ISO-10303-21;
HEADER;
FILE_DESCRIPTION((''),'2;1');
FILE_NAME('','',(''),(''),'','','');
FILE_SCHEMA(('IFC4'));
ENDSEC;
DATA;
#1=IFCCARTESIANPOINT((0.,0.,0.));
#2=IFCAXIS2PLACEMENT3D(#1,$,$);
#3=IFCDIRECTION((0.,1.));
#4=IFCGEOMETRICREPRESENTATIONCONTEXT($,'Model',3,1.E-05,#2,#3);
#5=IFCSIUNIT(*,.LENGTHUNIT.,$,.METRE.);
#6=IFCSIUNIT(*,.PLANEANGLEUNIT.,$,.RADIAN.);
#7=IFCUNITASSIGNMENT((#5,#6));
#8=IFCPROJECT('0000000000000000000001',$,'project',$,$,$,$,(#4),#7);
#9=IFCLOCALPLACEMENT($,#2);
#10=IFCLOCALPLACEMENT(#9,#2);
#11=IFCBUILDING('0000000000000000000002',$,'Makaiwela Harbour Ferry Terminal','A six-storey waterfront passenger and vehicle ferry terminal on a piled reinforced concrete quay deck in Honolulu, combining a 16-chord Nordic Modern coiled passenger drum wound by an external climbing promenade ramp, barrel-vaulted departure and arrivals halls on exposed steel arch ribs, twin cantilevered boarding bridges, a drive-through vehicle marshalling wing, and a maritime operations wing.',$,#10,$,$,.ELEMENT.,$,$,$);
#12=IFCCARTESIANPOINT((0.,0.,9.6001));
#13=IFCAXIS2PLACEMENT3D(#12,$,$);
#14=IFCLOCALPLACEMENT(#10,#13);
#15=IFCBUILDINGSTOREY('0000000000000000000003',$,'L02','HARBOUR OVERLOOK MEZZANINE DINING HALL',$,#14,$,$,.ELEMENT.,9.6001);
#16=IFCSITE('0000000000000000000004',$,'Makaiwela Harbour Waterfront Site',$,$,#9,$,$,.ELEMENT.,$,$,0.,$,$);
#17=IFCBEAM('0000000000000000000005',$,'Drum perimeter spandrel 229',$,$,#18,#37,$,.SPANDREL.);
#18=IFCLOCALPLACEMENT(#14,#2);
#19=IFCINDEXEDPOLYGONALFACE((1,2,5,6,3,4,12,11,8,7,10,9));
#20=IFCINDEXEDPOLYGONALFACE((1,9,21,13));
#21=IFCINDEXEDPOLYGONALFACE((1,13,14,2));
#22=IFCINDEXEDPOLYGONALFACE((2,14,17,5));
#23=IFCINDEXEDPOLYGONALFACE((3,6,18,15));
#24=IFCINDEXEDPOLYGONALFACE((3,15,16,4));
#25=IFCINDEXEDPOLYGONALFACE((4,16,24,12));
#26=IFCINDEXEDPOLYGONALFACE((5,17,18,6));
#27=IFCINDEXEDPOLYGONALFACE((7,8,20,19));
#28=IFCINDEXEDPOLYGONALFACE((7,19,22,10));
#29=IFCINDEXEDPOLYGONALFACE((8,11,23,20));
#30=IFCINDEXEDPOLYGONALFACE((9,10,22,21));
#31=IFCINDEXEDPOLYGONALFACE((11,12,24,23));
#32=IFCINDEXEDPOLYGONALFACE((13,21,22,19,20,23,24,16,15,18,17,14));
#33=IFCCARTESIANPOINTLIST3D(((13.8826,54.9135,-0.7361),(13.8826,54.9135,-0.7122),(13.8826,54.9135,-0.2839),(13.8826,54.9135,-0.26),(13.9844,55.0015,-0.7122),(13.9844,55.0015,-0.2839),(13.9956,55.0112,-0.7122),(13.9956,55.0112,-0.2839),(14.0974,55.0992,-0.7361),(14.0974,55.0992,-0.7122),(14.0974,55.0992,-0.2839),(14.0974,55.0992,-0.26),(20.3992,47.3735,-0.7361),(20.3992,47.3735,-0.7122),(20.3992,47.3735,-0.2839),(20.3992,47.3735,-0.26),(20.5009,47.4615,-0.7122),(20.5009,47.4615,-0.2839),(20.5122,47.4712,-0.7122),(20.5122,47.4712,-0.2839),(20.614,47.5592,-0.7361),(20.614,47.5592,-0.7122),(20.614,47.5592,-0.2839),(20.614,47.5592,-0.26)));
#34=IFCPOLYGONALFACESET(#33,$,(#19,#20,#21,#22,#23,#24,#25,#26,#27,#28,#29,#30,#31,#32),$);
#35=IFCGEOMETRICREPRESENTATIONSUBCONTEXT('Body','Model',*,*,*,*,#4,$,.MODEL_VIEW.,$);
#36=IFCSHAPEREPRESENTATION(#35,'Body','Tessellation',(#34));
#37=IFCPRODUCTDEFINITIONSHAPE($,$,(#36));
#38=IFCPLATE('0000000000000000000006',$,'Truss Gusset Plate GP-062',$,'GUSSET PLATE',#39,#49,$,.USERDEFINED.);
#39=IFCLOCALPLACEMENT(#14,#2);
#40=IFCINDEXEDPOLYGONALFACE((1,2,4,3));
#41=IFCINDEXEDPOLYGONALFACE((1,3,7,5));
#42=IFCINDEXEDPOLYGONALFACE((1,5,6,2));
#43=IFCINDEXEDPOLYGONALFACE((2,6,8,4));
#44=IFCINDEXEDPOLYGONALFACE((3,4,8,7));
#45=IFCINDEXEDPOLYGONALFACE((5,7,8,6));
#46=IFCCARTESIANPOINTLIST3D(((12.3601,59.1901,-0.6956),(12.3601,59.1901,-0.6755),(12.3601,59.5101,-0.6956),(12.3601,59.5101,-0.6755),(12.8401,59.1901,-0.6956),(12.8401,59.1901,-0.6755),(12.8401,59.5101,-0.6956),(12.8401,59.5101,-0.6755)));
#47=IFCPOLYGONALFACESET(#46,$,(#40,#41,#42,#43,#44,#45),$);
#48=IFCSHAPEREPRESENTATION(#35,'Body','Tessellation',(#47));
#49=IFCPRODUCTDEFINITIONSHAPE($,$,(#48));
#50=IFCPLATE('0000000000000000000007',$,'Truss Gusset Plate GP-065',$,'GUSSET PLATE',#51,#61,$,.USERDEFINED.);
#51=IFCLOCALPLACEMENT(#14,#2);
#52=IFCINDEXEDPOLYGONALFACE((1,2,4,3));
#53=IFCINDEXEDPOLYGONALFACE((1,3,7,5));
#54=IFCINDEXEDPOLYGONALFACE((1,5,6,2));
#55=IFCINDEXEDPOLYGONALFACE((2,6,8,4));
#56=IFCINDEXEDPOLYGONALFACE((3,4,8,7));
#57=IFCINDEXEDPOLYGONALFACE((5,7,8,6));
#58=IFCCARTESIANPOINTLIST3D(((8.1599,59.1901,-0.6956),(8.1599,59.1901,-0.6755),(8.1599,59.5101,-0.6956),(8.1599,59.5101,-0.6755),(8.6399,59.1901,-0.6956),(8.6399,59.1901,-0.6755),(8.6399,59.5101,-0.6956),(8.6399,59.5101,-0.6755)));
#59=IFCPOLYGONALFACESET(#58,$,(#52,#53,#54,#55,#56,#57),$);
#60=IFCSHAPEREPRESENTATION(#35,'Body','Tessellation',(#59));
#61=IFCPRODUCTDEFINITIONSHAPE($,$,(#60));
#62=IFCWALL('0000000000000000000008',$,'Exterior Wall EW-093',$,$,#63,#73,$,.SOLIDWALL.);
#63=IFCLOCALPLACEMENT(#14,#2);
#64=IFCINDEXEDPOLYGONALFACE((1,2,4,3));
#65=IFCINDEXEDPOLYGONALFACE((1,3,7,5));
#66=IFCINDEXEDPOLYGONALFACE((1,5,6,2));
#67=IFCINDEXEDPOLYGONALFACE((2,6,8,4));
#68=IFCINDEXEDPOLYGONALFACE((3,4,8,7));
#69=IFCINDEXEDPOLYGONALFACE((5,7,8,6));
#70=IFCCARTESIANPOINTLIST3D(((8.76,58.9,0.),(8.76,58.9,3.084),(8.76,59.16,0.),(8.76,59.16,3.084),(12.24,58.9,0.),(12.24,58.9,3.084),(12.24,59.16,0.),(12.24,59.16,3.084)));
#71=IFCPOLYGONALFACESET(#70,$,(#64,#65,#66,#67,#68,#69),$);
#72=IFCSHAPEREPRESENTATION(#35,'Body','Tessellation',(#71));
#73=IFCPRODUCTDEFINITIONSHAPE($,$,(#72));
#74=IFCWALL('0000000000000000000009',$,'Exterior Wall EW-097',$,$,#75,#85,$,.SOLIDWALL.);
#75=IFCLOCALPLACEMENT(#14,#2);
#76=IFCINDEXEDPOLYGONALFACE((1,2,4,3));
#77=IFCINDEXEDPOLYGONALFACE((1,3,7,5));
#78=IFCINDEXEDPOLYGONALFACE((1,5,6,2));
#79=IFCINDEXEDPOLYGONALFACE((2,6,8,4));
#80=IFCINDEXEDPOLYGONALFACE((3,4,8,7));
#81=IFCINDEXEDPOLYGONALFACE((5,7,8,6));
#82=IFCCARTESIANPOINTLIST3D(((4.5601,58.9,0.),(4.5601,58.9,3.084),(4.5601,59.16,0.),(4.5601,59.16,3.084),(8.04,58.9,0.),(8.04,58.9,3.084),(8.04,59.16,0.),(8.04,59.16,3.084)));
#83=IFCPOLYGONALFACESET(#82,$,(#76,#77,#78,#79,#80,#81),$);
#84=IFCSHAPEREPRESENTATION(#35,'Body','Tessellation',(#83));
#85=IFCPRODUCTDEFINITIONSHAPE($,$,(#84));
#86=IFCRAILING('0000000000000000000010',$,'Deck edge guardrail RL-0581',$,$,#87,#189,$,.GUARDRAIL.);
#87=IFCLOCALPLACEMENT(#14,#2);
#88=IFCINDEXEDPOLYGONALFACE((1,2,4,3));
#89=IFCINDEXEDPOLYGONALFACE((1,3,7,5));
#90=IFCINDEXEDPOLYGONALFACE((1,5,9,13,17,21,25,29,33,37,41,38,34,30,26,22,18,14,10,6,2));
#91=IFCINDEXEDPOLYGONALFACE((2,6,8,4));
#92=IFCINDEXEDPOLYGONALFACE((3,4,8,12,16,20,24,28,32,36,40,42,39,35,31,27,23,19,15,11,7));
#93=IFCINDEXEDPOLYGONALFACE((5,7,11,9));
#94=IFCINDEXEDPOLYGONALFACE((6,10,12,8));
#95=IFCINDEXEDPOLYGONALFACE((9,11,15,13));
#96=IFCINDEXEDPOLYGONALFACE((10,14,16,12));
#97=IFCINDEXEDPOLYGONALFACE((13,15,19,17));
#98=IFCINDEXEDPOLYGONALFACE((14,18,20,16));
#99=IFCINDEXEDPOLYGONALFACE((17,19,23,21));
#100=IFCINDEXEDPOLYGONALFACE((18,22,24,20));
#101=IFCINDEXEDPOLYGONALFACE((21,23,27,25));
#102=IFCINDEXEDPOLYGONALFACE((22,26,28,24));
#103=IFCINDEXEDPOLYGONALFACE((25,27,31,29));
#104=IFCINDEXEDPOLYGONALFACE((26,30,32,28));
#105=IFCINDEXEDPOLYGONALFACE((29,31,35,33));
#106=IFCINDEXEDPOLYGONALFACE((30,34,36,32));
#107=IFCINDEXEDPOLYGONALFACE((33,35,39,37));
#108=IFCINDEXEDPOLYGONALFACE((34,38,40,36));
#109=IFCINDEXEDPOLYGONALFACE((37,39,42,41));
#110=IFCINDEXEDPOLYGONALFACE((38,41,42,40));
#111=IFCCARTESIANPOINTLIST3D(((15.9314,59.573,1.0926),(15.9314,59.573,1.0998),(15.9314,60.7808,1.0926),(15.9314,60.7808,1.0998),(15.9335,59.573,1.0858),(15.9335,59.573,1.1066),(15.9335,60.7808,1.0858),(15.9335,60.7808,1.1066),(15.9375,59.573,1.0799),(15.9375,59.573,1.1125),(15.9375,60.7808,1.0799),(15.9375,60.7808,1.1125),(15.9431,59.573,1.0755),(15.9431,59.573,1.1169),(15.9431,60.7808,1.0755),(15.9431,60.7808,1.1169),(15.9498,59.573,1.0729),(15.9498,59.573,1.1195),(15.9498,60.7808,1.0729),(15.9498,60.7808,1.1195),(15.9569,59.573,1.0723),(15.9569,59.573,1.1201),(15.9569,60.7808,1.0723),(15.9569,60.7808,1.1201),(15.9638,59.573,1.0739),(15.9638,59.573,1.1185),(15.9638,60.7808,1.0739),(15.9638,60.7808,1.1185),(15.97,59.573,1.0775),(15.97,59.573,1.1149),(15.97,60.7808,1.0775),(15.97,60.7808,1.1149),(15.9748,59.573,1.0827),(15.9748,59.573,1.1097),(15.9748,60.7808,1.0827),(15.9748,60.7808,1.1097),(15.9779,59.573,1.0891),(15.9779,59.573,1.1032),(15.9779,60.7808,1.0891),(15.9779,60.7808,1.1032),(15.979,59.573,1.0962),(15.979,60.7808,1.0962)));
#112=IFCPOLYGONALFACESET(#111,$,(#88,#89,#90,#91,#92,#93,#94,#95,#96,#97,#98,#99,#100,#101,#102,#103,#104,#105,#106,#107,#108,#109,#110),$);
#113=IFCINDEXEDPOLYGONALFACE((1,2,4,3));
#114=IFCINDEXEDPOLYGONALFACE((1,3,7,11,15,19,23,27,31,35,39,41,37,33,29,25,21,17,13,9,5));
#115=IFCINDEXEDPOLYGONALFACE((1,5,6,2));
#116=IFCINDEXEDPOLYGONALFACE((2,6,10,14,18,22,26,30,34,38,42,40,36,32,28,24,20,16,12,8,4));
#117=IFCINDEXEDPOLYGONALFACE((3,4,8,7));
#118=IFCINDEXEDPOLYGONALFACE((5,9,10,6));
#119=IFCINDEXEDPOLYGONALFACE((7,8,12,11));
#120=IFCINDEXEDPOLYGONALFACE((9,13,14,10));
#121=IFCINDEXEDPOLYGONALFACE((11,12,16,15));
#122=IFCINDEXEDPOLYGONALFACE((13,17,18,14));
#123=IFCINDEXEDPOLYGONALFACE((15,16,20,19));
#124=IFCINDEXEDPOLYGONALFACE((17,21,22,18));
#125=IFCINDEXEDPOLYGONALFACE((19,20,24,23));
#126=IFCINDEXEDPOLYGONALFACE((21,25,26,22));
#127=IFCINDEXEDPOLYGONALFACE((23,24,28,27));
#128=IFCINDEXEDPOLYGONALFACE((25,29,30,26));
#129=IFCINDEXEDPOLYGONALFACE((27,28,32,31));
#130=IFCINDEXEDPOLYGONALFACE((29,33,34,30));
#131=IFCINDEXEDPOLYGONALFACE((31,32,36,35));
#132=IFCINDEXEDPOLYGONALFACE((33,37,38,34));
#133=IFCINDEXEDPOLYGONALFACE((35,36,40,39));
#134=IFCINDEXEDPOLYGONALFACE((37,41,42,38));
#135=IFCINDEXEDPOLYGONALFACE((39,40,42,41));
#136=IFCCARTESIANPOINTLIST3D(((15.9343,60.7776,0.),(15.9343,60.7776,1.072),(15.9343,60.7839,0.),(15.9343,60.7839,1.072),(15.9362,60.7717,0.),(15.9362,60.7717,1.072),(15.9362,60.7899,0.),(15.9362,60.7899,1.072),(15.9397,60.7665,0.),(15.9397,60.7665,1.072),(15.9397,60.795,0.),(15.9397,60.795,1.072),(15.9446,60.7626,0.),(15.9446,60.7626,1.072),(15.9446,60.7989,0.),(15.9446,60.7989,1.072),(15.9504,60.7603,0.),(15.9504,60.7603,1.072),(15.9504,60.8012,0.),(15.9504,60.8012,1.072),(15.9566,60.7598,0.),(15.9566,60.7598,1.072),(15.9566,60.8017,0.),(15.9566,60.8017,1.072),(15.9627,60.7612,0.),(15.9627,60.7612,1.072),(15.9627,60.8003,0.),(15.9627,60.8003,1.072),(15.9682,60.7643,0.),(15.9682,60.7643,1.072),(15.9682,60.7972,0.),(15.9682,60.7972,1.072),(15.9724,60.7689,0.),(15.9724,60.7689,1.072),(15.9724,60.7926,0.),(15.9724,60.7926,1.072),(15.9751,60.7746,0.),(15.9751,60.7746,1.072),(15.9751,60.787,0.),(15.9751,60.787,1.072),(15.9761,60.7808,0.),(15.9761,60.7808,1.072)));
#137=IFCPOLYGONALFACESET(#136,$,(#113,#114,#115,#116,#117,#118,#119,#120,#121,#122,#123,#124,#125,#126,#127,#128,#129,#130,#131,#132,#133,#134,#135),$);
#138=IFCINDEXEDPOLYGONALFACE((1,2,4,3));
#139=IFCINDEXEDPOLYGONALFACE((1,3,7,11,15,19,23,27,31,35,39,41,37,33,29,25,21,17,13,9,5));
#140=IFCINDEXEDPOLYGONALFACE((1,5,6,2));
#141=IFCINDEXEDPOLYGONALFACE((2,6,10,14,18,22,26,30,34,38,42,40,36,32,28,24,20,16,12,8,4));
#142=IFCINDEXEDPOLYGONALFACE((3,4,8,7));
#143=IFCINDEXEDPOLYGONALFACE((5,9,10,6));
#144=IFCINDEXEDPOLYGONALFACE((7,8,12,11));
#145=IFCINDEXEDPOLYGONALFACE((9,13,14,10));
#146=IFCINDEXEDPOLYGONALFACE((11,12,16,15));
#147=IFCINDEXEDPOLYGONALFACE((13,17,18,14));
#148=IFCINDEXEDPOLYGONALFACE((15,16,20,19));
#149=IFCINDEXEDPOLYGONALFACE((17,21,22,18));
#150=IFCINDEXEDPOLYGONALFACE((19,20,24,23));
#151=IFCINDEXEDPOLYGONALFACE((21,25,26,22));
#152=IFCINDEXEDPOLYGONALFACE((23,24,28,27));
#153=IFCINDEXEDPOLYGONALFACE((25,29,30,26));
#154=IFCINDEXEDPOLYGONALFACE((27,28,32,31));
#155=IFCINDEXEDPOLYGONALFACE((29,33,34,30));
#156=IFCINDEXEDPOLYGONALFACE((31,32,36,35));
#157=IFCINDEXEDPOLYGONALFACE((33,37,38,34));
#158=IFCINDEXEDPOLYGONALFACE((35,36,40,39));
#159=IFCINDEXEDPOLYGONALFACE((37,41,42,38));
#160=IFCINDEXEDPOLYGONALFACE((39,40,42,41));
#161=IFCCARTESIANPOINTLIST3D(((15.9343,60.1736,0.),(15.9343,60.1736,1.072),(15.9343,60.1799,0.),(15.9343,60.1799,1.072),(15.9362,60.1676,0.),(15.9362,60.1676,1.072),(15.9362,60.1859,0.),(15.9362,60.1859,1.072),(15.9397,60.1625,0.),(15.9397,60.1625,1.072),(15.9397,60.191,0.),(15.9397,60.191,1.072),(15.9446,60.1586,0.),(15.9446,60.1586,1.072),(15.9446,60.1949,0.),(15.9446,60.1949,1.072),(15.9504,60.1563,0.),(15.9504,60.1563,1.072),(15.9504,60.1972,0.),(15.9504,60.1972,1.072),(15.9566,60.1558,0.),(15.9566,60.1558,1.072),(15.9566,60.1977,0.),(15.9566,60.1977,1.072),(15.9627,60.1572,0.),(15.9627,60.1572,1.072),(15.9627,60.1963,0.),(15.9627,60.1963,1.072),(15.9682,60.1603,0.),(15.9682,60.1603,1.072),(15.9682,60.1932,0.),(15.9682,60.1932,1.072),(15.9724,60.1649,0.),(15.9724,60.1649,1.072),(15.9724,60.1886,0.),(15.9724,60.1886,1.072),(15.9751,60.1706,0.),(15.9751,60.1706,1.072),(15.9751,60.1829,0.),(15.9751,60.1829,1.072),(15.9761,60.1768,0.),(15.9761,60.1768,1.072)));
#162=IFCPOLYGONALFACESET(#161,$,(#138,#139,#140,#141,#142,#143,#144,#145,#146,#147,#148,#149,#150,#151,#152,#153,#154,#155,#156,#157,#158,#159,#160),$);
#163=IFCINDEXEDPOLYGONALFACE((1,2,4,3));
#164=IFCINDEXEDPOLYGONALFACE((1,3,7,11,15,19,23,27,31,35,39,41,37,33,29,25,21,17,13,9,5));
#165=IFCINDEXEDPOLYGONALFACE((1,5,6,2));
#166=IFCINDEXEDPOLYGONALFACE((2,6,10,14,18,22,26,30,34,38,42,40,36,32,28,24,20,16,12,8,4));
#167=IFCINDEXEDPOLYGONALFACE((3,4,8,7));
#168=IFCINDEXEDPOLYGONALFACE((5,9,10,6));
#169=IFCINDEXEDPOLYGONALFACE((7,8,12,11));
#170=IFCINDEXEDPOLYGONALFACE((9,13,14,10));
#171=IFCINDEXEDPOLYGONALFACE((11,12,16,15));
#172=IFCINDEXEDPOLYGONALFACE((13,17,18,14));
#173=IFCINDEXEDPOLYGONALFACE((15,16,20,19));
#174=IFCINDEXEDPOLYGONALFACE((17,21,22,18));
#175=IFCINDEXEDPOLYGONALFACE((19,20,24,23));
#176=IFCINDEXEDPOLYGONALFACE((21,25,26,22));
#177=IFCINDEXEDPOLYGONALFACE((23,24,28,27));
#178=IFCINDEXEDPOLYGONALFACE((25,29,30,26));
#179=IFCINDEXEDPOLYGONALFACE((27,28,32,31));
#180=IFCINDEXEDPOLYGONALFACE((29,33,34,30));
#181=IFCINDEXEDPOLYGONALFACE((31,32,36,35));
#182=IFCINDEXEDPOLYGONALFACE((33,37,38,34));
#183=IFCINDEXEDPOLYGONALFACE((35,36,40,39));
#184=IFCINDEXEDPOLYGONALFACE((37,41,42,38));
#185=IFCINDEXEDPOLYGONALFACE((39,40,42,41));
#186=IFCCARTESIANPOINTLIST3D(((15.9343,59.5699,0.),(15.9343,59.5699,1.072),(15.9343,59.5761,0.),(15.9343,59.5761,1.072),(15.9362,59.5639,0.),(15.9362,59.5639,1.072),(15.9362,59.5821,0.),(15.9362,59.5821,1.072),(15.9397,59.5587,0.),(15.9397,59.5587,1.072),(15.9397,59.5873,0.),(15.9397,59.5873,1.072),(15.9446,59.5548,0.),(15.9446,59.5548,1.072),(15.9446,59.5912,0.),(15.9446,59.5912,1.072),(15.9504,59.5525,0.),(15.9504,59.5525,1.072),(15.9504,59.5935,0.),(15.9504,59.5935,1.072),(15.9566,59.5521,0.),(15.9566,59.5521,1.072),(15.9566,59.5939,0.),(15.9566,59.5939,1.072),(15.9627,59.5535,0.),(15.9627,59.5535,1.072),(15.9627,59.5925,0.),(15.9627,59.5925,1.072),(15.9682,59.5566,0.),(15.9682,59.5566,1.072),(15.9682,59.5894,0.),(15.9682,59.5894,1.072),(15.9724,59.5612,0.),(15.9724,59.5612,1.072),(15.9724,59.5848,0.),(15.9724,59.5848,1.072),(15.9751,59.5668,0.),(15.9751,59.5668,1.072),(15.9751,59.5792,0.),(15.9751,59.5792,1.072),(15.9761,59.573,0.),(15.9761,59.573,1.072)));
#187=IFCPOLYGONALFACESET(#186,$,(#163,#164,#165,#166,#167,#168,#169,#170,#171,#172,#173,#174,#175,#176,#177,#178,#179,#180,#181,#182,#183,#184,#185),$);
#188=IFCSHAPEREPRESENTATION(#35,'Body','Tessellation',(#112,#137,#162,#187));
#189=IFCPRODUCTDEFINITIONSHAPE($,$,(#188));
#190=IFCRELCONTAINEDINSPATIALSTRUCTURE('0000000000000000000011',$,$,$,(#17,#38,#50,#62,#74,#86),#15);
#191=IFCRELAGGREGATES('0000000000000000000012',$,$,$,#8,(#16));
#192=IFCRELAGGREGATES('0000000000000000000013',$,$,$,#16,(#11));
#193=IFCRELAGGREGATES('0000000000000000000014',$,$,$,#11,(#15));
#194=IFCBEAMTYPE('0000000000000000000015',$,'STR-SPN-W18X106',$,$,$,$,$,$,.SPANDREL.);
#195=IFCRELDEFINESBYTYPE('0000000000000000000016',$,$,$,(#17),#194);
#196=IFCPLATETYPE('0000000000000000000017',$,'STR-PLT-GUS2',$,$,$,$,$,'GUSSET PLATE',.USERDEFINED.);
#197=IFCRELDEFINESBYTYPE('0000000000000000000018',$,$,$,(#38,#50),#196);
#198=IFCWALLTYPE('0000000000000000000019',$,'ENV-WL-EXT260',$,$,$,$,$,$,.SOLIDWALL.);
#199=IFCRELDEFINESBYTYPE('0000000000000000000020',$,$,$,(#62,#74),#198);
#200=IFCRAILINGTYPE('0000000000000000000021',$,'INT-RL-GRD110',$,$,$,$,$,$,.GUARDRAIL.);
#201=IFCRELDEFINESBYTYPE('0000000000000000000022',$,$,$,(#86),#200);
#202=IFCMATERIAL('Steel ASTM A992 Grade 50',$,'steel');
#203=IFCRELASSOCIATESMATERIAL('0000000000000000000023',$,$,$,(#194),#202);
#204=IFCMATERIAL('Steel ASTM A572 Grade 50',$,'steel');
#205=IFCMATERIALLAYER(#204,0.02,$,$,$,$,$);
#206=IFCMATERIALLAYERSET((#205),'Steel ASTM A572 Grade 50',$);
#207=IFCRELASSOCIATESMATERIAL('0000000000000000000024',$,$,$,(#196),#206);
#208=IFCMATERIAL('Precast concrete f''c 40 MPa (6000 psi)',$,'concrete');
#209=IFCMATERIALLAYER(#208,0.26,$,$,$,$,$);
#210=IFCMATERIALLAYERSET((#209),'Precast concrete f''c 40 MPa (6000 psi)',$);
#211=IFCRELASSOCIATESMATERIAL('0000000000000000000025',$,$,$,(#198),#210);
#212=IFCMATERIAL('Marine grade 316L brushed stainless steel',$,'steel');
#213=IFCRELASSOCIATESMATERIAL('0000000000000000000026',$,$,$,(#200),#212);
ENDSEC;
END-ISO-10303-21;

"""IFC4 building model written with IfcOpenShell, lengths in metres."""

from ifc_helpers import new_model, si_unit, direction, frame, frame_2d, origin, origin_2d, place, context, subcontext, project, spatial, rectangle, circle, i_section, extrude, material, layer, layer_set, material_profile, profile_set, type_object, element, save


model = new_model("IFC4")

# Units and contexts
model_context = context("Model", 3, precision=1e-05, world=origin(), true_north=direction((0.0, 1.0)))
body_context = subcontext(model_context, "Body", "Model", "MODEL_VIEW")
ifc_project = project(units=[si_unit("LENGTHUNIT", "METRE"), si_unit("PLANEANGLEUNIT", "RADIAN")], contexts=[model_context])

# Site, building, storey
site_placement = place(None, origin())
site = spatial("IfcSite", under=ifc_project, at=site_placement, Name="Makaiwela Harbour Waterfront Site", CompositionType="ELEMENT", RefElevation=0.0)
building_placement = place(site_placement, origin())
building = spatial("IfcBuilding", under=site, at=building_placement, Name="Makaiwela Harbour Ferry Terminal", Description="A six-storey waterfront passenger and vehicle ferry terminal on a piled reinforced concrete quay deck in Honolulu, combining a 16-chord Nordic Modern coiled passenger drum wound by an external climbing promenade ramp, barrel-vaulted departure and arrivals halls on exposed steel arch ribs, twin cantilevered boarding bridges, a drive-through vehicle marshalling wing, and a maritime operations wing.", CompositionType="ELEMENT")
storey_placement = place(building_placement, frame((0.0, 0.0, 9.6001)))
storey = spatial("IfcBuildingStorey", under=building, at=storey_placement, Name="L02", Description="HARBOUR OVERLOOK MEZZANINE DINING HALL", CompositionType="ELEMENT", Elevation=9.6001)

# Shared definitions
ifc_material_1 = material(Name="Steel ASTM A992 Grade 50", Category="steel")

# Beam
ifc_material_profile_1 = material_profile(ifc_material_1, i_section(OverallWidth=0.2839, OverallDepth=0.4761, WebThickness=0.0149, FlangeThickness=0.0239, at=origin_2d()), Name="W18X106")
ifc_profile_set_1 = profile_set([ifc_material_profile_1], Name="Steel ASTM A992 Grade 50")
beam_type_1 = type_object("IfcBeamType", Name="STR-SPN-W18X106", PredefinedType="SPANDREL", material=ifc_profile_set_1)
beam_1_placement = place(storey_placement, frame((13.99, 55.0063, -0.498), z_axis=(0.653893, -0.756587, 0.0), x_axis=(0.756587, 0.653893, 0.0)))
element("IfcBeam", 1, at=beam_1_placement, inside=storey, type_object=beam_type_1, Name="Drum perimeter spandrel 229", PredefinedType="SPANDREL", context=body_context, shape_type="SweptSolid", body=[
    extrude(i_section(OverallWidth=0.2839, OverallDepth=0.4761, WebThickness=0.0149, FlangeThickness=0.0239, at=origin_2d()), origin(), (0.0, 0.0, 1.0), 9.9658),
])

# Plates
ifc_material_2 = material(Name="Steel ASTM A572 Grade 50", Category="steel")
ifc_layer_1 = layer(ifc_material_2, 0.02)
ifc_layer_set_1 = layer_set([ifc_layer_1], Name="Steel ASTM A572 Grade 50")
plate_type = type_object("IfcPlateType", Name="STR-PLT-GUS2", ElementType="GUSSET PLATE", PredefinedType="USERDEFINED", material=ifc_layer_set_1)
for number, where, z_axis, x_axis, name in (
    (2, (12.6001, 59.3501, -0.6956), (0.0, 0.0, 1.0), (1.0, 0.0, 0.0), "Truss Gusset Plate GP-062"),
    (3, (8.3999, 59.3501, -0.6956), (0.0, 0.0, 1.0), (1.0, 0.0, 0.0), "Truss Gusset Plate GP-065"),
):
    element("IfcPlate", number, at=place(storey_placement, frame(where, z_axis=z_axis, x_axis=x_axis)), inside=storey, type_object=plate_type, Name=name, ObjectType="GUSSET PLATE", PredefinedType="USERDEFINED", context=body_context, shape_type="SweptSolid", body=[
        extrude(rectangle(XDim=0.48, YDim=0.3201, at=origin_2d()), origin(), (0.0, 0.0, 1.0), 0.02),
    ])

# Walls
ifc_material_3 = material(Name="Precast concrete f'c 40 MPa (6000 psi)", Category="concrete")
ifc_layer_2 = layer(ifc_material_3, 0.26)
ifc_layer_set_2 = layer_set([ifc_layer_2], Name="Precast concrete f'c 40 MPa (6000 psi)")
wall_type = type_object("IfcWallType", Name="ENV-WL-EXT260", PredefinedType="SOLIDWALL", material=ifc_layer_set_2)
for number, where, z_axis, x_axis, name in (
    (4, (12.24, 59.03, 0.0), (0.0, 0.0, 1.0), (-1.0, 0.0, 0.0), "Exterior Wall EW-093"),
    (5, (8.04, 59.03, 0.0), (0.0, 0.0, 1.0), (-1.0, 0.0, 0.0), "Exterior Wall EW-097"),
):
    element("IfcWall", number, at=place(storey_placement, frame(where, z_axis=z_axis, x_axis=x_axis)), inside=storey, type_object=wall_type, Name=name, PredefinedType="SOLIDWALL", context=body_context, shape_type="SweptSolid", body=[
        extrude(rectangle(XDim=3.48, YDim=0.26, at=frame_2d((1.74, 0.0))), origin(), (0.0, 0.0, 1.0), 3.084),
    ])

# Railing
ifc_material_4 = material(Name="Marine grade 316L brushed stainless steel", Category="steel")
railing_type = type_object("IfcRailingType", Name="INT-RL-GRD110", PredefinedType="GUARDRAIL", material=ifc_material_4)
railing_1_placement = place(storey_placement, frame((15.9551, 60.7808, 0.0)))
element("IfcRailing", 6, at=railing_1_placement, inside=storey, type_object=railing_type, Name="Deck edge guardrail RL-0581", PredefinedType="GUARDRAIL", context=body_context, shape_type="SweptSolid", body=[
    extrude(circle(Radius=0.0239, at=origin_2d()), frame((0.0, 0.0, 1.0962), z_axis=(0.0, -1.0, 0.0), x_axis=(1.0, 0.0, 0.0)), (0.0, 0.0, 1.0), 1.2078),
    extrude(circle(Radius=0.021, at=origin_2d()), origin(), (0.0, 0.0, 1.0), 1.072),
    extrude(circle(Radius=0.021, at=origin_2d()), frame((0.0, -0.604, 0.0)), (0.0, 0.0, 1.0), 1.072),
    extrude(circle(Radius=0.021, at=origin_2d()), frame((0.0, -1.2078, 0.0)), (0.0, 0.0, 1.0), 1.072),
])

save(model, "model.ifc")
